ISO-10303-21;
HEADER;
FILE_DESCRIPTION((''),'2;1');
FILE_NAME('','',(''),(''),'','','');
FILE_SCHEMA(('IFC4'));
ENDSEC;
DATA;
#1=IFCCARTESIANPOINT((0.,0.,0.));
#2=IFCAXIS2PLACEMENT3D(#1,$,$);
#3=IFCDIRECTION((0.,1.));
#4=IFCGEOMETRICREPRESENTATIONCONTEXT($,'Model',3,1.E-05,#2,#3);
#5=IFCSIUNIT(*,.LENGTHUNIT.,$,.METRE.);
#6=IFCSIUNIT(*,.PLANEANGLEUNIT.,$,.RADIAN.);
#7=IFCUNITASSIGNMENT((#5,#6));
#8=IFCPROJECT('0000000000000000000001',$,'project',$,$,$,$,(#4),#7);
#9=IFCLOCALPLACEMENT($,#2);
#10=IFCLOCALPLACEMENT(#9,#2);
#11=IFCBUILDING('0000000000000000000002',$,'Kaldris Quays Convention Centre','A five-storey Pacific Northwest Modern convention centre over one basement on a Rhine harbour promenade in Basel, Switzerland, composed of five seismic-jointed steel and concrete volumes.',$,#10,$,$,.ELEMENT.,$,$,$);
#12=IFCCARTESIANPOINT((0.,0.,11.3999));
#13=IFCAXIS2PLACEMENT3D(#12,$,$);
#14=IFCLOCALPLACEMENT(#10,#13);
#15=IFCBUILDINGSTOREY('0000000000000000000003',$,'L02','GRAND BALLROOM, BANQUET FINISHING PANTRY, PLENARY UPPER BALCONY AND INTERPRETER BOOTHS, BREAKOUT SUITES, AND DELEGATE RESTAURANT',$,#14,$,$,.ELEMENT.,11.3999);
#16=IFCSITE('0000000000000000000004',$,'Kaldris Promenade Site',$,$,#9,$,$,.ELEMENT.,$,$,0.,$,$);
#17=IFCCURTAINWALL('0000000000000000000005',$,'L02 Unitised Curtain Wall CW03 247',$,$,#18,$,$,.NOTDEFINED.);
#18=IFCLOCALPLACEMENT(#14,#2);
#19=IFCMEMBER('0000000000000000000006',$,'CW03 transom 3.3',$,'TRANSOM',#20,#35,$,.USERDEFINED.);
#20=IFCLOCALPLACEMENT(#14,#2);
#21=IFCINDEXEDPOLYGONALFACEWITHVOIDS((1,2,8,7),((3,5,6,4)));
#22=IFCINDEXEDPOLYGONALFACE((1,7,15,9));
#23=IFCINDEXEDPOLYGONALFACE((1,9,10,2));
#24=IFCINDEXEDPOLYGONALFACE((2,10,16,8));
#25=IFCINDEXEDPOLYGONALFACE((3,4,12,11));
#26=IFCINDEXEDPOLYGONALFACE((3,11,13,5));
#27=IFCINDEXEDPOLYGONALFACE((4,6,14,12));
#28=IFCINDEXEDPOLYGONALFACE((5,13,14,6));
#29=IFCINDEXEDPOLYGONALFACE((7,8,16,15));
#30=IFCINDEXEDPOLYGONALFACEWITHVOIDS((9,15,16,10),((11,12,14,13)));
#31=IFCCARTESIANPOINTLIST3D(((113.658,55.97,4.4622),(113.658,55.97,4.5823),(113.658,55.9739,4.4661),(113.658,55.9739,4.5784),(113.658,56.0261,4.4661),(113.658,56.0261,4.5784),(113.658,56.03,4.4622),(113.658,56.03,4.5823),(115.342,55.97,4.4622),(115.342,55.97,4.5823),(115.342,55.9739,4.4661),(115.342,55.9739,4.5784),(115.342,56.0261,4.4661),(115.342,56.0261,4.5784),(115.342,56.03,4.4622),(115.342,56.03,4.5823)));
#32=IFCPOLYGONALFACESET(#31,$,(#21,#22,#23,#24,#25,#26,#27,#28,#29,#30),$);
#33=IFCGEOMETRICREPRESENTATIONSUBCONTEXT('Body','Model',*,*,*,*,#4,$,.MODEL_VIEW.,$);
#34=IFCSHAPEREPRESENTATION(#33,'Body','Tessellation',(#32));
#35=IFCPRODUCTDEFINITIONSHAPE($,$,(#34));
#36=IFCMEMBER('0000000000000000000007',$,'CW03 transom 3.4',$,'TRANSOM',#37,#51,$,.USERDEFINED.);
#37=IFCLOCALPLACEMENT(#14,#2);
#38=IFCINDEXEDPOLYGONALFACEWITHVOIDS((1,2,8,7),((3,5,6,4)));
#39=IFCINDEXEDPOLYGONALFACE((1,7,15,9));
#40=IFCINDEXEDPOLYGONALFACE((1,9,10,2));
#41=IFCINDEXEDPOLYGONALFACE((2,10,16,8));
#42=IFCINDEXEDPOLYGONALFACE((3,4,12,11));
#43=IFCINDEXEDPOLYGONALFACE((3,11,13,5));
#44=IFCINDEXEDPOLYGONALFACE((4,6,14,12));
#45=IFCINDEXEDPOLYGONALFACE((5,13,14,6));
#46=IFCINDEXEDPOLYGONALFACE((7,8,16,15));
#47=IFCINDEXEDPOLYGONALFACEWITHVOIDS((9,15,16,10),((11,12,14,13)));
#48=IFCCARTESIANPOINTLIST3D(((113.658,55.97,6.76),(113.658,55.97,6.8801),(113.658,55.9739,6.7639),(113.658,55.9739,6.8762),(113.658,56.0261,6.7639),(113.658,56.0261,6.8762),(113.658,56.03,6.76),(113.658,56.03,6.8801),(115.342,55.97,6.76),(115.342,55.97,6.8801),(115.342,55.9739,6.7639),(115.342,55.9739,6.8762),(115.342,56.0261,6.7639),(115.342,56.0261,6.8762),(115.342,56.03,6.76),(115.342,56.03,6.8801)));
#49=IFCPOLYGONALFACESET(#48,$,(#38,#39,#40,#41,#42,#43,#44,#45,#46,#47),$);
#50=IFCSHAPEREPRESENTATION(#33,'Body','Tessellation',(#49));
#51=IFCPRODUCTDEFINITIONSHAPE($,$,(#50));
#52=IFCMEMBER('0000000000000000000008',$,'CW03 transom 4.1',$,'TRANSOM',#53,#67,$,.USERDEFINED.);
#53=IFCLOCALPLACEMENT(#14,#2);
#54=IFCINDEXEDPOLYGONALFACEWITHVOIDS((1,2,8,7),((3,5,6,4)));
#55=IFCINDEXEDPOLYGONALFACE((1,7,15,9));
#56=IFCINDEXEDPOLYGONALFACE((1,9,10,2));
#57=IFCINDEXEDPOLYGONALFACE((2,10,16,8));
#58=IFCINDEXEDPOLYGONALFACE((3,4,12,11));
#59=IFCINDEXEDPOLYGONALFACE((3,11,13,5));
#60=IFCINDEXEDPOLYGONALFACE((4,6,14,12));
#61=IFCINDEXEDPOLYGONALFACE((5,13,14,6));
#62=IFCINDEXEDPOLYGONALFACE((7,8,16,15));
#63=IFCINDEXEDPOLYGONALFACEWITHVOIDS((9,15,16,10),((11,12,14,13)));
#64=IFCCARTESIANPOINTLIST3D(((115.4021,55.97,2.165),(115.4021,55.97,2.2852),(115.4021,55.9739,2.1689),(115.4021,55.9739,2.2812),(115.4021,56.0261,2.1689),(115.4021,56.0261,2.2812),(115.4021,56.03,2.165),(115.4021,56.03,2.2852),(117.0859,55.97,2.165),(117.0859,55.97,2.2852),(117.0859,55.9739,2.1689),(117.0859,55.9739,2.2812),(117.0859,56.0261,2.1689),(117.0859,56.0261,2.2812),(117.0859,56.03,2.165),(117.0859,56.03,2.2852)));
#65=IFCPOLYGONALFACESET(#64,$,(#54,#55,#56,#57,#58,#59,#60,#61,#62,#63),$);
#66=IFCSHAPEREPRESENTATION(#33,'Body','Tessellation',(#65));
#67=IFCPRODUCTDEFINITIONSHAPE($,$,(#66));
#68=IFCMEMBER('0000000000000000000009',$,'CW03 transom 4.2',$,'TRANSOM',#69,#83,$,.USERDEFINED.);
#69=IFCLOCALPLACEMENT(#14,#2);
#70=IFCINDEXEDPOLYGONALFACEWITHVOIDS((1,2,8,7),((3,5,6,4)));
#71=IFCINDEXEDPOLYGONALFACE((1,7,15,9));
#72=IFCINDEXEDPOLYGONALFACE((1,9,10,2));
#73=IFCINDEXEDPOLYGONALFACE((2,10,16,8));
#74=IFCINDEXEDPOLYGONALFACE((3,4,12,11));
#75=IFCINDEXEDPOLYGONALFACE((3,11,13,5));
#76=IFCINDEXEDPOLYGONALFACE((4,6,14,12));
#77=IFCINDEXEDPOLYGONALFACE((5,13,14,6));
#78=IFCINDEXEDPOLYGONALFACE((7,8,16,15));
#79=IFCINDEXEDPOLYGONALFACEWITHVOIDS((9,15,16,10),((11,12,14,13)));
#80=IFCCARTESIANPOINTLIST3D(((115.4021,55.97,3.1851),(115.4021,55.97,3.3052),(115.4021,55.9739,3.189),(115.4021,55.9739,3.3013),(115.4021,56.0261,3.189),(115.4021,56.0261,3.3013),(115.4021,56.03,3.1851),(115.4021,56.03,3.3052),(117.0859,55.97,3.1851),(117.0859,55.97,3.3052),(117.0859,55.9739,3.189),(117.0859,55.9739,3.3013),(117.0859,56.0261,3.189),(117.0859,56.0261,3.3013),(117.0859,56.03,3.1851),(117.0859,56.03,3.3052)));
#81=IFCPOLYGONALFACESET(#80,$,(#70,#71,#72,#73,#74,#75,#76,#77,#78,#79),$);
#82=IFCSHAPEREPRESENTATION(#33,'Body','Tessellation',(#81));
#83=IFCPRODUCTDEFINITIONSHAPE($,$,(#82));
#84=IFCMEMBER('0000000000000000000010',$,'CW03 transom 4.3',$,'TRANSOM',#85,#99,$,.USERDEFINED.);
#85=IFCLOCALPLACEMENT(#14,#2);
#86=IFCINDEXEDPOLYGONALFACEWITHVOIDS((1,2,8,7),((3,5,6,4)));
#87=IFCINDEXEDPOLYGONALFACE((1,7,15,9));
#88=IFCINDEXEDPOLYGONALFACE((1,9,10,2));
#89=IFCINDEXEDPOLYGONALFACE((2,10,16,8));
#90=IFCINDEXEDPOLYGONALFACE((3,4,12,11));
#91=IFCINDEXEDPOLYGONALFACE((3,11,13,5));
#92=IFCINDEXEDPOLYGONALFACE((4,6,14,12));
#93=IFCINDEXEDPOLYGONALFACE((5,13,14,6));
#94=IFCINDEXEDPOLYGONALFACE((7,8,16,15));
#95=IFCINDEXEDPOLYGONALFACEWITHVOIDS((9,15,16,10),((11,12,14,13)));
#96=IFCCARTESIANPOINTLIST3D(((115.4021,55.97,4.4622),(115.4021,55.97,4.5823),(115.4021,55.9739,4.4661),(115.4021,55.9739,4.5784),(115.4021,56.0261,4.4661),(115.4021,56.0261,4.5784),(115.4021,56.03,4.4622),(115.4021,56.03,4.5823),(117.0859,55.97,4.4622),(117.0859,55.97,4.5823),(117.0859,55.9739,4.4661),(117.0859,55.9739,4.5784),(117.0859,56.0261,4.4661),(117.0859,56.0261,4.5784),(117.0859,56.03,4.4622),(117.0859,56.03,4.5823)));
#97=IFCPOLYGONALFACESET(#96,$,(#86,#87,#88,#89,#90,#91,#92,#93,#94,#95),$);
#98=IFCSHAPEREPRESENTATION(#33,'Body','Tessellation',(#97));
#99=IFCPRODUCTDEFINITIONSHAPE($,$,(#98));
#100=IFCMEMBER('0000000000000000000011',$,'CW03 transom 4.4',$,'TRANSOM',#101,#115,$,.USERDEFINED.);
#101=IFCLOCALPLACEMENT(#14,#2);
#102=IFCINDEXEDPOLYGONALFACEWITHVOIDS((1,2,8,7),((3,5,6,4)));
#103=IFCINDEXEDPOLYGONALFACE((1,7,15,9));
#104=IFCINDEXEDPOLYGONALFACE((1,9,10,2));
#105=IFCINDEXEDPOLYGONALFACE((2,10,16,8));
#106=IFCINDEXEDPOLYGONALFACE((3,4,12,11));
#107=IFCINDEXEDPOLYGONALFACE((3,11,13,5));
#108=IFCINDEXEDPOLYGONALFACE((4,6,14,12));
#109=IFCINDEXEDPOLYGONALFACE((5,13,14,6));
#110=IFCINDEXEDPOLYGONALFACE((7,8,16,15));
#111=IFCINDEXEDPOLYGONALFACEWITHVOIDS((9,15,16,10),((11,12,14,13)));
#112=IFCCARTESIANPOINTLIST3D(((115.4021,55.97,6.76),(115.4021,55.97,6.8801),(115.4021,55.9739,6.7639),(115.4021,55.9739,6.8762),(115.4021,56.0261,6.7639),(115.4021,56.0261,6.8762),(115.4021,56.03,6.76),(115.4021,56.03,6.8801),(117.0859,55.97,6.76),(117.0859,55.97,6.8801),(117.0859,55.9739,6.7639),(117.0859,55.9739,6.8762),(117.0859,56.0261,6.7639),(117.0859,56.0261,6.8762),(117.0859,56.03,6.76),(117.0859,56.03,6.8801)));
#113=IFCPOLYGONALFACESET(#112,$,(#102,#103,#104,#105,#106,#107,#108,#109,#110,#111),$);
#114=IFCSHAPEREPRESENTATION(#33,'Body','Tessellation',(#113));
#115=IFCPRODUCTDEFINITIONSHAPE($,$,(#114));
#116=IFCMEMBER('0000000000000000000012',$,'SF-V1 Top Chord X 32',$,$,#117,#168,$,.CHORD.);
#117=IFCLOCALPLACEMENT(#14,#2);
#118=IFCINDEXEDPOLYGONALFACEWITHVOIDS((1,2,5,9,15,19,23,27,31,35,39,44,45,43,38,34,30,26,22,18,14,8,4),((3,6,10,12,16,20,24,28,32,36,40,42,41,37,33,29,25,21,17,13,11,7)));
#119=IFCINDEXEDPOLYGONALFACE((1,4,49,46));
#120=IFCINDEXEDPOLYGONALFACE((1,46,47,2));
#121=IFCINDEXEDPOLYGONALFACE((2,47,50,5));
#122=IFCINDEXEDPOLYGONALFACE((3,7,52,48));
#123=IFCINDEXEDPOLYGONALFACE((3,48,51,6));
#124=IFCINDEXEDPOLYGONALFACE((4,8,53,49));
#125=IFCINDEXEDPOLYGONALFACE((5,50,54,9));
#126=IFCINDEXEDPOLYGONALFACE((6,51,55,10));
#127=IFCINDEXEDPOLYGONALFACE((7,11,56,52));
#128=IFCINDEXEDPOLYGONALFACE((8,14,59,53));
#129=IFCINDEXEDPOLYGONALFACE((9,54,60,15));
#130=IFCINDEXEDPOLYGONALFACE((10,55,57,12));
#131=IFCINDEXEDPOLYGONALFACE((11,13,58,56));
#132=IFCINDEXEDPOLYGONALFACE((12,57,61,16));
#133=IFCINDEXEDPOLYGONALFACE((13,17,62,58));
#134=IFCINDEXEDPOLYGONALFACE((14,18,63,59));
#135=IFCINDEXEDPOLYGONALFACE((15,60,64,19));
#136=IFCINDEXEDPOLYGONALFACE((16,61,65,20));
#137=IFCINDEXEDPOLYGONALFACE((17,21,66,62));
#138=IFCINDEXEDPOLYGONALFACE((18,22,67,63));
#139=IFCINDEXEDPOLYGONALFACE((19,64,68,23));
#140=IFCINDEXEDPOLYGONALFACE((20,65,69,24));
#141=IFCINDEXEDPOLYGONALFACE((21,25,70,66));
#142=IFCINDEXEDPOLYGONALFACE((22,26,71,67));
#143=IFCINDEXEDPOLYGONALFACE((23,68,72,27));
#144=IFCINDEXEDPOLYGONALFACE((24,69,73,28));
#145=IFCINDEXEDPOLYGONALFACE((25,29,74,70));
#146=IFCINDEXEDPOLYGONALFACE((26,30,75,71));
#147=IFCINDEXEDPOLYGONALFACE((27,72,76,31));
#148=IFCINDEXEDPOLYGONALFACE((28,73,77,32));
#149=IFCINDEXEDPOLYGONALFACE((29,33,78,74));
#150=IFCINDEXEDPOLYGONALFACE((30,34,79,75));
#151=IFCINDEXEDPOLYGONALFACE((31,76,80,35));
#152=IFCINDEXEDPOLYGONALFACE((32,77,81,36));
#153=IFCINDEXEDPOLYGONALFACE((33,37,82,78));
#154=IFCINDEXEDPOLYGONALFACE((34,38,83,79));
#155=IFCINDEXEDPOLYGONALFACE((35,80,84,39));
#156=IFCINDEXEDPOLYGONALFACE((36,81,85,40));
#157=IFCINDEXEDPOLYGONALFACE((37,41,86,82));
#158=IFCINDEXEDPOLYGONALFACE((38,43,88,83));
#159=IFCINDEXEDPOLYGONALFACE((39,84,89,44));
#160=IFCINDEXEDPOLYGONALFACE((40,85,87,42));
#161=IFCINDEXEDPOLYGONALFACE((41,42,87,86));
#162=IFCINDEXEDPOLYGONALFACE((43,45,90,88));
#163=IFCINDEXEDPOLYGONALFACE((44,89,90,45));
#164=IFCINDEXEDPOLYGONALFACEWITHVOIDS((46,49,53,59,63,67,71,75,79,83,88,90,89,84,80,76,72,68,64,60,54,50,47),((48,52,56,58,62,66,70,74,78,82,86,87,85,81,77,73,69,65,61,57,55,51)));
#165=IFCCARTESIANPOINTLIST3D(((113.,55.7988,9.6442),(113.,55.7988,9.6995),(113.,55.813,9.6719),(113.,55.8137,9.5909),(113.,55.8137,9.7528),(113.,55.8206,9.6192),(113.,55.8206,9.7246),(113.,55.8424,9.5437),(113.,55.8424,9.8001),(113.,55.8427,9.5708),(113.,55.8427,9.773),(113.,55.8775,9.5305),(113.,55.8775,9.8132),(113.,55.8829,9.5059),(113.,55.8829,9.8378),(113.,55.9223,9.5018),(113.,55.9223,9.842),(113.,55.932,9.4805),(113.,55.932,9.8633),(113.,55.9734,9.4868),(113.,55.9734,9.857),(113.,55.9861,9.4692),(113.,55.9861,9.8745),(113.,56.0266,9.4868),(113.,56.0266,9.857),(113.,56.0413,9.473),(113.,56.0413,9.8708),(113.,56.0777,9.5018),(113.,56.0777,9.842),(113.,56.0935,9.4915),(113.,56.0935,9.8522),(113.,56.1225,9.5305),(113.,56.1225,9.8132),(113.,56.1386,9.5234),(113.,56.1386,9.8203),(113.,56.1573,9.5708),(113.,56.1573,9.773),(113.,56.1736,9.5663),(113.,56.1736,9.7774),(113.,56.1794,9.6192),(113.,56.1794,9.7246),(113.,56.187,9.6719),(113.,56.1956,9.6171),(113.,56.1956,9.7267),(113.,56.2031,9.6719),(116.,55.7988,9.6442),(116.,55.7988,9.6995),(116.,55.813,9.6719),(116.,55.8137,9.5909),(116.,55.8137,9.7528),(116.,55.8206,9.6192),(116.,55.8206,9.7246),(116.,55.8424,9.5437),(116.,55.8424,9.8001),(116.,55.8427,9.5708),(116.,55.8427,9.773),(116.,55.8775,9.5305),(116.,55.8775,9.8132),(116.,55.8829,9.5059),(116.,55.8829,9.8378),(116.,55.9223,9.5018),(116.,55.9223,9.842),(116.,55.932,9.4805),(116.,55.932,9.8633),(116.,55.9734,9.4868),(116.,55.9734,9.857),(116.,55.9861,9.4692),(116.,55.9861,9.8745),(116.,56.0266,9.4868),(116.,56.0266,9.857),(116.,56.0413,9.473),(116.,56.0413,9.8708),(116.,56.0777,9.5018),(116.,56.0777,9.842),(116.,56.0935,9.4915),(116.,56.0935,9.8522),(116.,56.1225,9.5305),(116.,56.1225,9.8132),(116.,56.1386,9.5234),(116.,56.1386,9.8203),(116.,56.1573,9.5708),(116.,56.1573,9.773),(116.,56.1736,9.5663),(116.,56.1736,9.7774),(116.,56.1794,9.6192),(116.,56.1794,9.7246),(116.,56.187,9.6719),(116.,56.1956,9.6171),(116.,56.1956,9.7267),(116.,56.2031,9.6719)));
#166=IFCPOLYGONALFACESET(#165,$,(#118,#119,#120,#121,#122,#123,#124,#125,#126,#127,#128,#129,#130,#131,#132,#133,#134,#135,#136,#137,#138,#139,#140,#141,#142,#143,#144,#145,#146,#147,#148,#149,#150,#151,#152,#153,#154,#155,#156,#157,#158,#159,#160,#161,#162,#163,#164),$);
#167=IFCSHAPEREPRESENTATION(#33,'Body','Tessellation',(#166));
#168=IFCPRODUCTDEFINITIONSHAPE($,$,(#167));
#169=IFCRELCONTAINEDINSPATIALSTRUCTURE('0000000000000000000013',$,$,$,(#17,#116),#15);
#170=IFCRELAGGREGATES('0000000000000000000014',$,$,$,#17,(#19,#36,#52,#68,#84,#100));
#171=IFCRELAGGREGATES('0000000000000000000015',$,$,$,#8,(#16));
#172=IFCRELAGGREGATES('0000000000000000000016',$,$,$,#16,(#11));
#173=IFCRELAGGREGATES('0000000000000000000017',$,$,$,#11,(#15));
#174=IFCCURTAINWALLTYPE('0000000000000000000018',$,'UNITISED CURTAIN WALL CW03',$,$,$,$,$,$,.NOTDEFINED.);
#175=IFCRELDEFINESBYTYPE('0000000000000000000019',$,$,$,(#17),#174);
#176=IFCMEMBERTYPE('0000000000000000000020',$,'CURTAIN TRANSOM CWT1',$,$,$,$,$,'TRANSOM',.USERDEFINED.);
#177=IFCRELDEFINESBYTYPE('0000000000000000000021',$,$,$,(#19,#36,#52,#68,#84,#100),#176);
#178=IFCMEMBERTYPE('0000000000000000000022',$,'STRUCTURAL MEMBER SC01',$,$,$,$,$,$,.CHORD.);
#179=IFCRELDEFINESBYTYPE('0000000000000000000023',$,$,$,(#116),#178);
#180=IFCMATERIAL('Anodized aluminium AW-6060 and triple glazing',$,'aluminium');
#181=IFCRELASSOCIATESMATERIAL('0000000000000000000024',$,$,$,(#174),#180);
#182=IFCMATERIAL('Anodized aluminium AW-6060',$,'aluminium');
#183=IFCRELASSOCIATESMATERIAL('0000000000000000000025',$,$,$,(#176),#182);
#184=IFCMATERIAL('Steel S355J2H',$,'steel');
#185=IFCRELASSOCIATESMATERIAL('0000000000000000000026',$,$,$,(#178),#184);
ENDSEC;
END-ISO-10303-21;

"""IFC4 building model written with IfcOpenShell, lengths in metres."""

from ifc_helpers import new_model, si_unit, direction, frame, origin, origin_2d, place, context, subcontext, project, spatial, hollow_rectangle, hollow_circle, extrude, material, material_profile, profile_set, type_object, element, aggregate, save


model = new_model("IFC4")

# Units and contexts
model_context = context("Model", 3, precision=1e-05, world=origin(), true_north=direction((0.0, 1.0)))
body_context = subcontext(model_context, "Body", "Model", "MODEL_VIEW")
ifc_project = project(units=[si_unit("LENGTHUNIT", "METRE"), si_unit("PLANEANGLEUNIT", "RADIAN")], contexts=[model_context])

# Site, building, storey
site_placement = place(None, origin())
site = spatial("IfcSite", under=ifc_project, at=site_placement, Name="Kaldris Promenade Site", CompositionType="ELEMENT", RefElevation=0.0)
building_placement = place(site_placement, origin())
building = spatial("IfcBuilding", under=site, at=building_placement, Name="Kaldris Quays Convention Centre", Description="A five-storey Pacific Northwest Modern convention centre over one basement on a Rhine harbour promenade in Basel, Switzerland, composed of five seismic-jointed steel and concrete volumes.", CompositionType="ELEMENT")
storey_placement = place(building_placement, frame((0.0, 0.0, 11.3999)))
storey = spatial("IfcBuildingStorey", under=building, at=storey_placement, Name="L02", Description="GRAND BALLROOM, BANQUET FINISHING PANTRY, PLENARY UPPER BALCONY AND INTERPRETER BOOTHS, BREAKOUT SUITES, AND DELEGATE RESTAURANT", CompositionType="ELEMENT", Elevation=11.3999)

# Curtain wall, members
ifc_material_1 = material(Name="Anodized aluminium AW-6060 and triple glazing", Category="aluminium")
curtain_wall_type = type_object("IfcCurtainWallType", Name="UNITISED CURTAIN WALL CW03", PredefinedType="NOTDEFINED", material=ifc_material_1)
curtain_wall_placement = place(storey_placement, origin())
curtain_wall = element("IfcCurtainWall", 1, at=curtain_wall_placement, inside=storey, type_object=curtain_wall_type, Name="L02 Unitised Curtain Wall CW03 247", PredefinedType="NOTDEFINED")
ifc_material_2 = material(Name="Anodized aluminium AW-6060", Category="aluminium")
ifc_material_profile_1 = material_profile(ifc_material_2, hollow_rectangle(XDim=0.0601, YDim=0.1201, WallThickness=0.0039, at=origin_2d()), Name="RHS 120x60x4")
ifc_profile_set_1 = profile_set([ifc_material_profile_1], Name="Anodized aluminium AW-6060")
member_type_1 = type_object("IfcMemberType", Name="CURTAIN TRANSOM CWT1", ElementType="TRANSOM", PredefinedType="USERDEFINED", material=ifc_profile_set_1)
member_1_placement = place(storey_placement, frame((113.658, 56.0, 4.5222), z_axis=(1.0, 0.0, 0.0), x_axis=(0.0, 1.0, 0.0)))
member_1 = element("IfcMember", 2, at=member_1_placement, type_object=member_type_1, Name="CW03 transom 3.3", ObjectType="TRANSOM", PredefinedType="USERDEFINED", context=body_context, shape_type="SweptSolid", body=[
    extrude(hollow_rectangle(XDim=0.0601, YDim=0.1201, WallThickness=0.0039, at=origin_2d()), origin(), (0.0, 0.0, 1.0), 1.6841),
])
member_2_placement = place(storey_placement, frame((113.658, 56.0, 6.8201), z_axis=(1.0, 0.0, 0.0), x_axis=(0.0, 1.0, 0.0)))
member_2 = element("IfcMember", 3, at=member_2_placement, type_object=member_type_1, Name="CW03 transom 3.4", ObjectType="TRANSOM", PredefinedType="USERDEFINED", context=body_context, shape_type="SweptSolid", body=[
    extrude(hollow_rectangle(XDim=0.0601, YDim=0.1201, WallThickness=0.0039, at=origin_2d()), origin(), (0.0, 0.0, 1.0), 1.6841),
])
member_3_placement = place(storey_placement, frame((115.4021, 56.0, 2.2251), z_axis=(1.0, 0.0, 0.0), x_axis=(0.0, 1.0, 0.0)))
member_3 = element("IfcMember", 4, at=member_3_placement, type_object=member_type_1, Name="CW03 transom 4.1", ObjectType="TRANSOM", PredefinedType="USERDEFINED", context=body_context, shape_type="SweptSolid", body=[
    extrude(hollow_rectangle(XDim=0.0601, YDim=0.1201, WallThickness=0.0039, at=origin_2d()), origin(), (0.0, 0.0, 1.0), 1.6838),
])
member_4_placement = place(storey_placement, frame((115.4021, 56.0, 3.2451), z_axis=(1.0, 0.0, 0.0), x_axis=(0.0, 1.0, 0.0)))
member_4 = element("IfcMember", 5, at=member_4_placement, type_object=member_type_1, Name="CW03 transom 4.2", ObjectType="TRANSOM", PredefinedType="USERDEFINED", context=body_context, shape_type="SweptSolid", body=[
    extrude(hollow_rectangle(XDim=0.0601, YDim=0.1201, WallThickness=0.0039, at=origin_2d()), origin(), (0.0, 0.0, 1.0), 1.6838),
])
member_5_placement = place(storey_placement, frame((115.4021, 56.0, 4.5222), z_axis=(1.0, 0.0, 0.0), x_axis=(0.0, 1.0, 0.0)))
member_5 = element("IfcMember", 6, at=member_5_placement, type_object=member_type_1, Name="CW03 transom 4.3", ObjectType="TRANSOM", PredefinedType="USERDEFINED", context=body_context, shape_type="SweptSolid", body=[
    extrude(hollow_rectangle(XDim=0.0601, YDim=0.1201, WallThickness=0.0039, at=origin_2d()), origin(), (0.0, 0.0, 1.0), 1.6838),
])
member_6_placement = place(storey_placement, frame((115.4021, 56.0, 6.8201), z_axis=(1.0, 0.0, 0.0), x_axis=(0.0, 1.0, 0.0)))
member_6 = element("IfcMember", 7, at=member_6_placement, type_object=member_type_1, Name="CW03 transom 4.4", ObjectType="TRANSOM", PredefinedType="USERDEFINED", context=body_context, shape_type="SweptSolid", body=[
    extrude(hollow_rectangle(XDim=0.0601, YDim=0.1201, WallThickness=0.0039, at=origin_2d()), origin(), (0.0, 0.0, 1.0), 1.6838),
])

# Member
ifc_material_3 = material(Name="Steel S355J2H", Category="steel")
ifc_material_profile_2 = material_profile(ifc_material_3, hollow_circle(Radius=0.2031, WallThickness=0.0161, at=origin_2d()), Name="CHS 406.4x16")
ifc_profile_set_2 = profile_set([ifc_material_profile_2], Name="Steel S355J2H")
member_type_2 = type_object("IfcMemberType", Name="STRUCTURAL MEMBER SC01", PredefinedType="CHORD", material=ifc_profile_set_2)
member_7_placement = place(storey_placement, frame((113.0, 56.0, 9.6719), z_axis=(1.0, 0.0, 0.0), x_axis=(0.0, 1.0, 0.0)))
element("IfcMember", 8, at=member_7_placement, inside=storey, type_object=member_type_2, Name="SF-V1 Top Chord X 32", PredefinedType="CHORD", context=body_context, shape_type="SweptSolid", body=[
    extrude(hollow_circle(Radius=0.2031, WallThickness=0.0161, at=origin_2d()), origin(), (0.0, 0.0, 1.0), 3.0),
])

aggregate(curtain_wall, [member_1, member_2, member_3, member_4, member_5, member_6])

save(model, "model.ifc")
